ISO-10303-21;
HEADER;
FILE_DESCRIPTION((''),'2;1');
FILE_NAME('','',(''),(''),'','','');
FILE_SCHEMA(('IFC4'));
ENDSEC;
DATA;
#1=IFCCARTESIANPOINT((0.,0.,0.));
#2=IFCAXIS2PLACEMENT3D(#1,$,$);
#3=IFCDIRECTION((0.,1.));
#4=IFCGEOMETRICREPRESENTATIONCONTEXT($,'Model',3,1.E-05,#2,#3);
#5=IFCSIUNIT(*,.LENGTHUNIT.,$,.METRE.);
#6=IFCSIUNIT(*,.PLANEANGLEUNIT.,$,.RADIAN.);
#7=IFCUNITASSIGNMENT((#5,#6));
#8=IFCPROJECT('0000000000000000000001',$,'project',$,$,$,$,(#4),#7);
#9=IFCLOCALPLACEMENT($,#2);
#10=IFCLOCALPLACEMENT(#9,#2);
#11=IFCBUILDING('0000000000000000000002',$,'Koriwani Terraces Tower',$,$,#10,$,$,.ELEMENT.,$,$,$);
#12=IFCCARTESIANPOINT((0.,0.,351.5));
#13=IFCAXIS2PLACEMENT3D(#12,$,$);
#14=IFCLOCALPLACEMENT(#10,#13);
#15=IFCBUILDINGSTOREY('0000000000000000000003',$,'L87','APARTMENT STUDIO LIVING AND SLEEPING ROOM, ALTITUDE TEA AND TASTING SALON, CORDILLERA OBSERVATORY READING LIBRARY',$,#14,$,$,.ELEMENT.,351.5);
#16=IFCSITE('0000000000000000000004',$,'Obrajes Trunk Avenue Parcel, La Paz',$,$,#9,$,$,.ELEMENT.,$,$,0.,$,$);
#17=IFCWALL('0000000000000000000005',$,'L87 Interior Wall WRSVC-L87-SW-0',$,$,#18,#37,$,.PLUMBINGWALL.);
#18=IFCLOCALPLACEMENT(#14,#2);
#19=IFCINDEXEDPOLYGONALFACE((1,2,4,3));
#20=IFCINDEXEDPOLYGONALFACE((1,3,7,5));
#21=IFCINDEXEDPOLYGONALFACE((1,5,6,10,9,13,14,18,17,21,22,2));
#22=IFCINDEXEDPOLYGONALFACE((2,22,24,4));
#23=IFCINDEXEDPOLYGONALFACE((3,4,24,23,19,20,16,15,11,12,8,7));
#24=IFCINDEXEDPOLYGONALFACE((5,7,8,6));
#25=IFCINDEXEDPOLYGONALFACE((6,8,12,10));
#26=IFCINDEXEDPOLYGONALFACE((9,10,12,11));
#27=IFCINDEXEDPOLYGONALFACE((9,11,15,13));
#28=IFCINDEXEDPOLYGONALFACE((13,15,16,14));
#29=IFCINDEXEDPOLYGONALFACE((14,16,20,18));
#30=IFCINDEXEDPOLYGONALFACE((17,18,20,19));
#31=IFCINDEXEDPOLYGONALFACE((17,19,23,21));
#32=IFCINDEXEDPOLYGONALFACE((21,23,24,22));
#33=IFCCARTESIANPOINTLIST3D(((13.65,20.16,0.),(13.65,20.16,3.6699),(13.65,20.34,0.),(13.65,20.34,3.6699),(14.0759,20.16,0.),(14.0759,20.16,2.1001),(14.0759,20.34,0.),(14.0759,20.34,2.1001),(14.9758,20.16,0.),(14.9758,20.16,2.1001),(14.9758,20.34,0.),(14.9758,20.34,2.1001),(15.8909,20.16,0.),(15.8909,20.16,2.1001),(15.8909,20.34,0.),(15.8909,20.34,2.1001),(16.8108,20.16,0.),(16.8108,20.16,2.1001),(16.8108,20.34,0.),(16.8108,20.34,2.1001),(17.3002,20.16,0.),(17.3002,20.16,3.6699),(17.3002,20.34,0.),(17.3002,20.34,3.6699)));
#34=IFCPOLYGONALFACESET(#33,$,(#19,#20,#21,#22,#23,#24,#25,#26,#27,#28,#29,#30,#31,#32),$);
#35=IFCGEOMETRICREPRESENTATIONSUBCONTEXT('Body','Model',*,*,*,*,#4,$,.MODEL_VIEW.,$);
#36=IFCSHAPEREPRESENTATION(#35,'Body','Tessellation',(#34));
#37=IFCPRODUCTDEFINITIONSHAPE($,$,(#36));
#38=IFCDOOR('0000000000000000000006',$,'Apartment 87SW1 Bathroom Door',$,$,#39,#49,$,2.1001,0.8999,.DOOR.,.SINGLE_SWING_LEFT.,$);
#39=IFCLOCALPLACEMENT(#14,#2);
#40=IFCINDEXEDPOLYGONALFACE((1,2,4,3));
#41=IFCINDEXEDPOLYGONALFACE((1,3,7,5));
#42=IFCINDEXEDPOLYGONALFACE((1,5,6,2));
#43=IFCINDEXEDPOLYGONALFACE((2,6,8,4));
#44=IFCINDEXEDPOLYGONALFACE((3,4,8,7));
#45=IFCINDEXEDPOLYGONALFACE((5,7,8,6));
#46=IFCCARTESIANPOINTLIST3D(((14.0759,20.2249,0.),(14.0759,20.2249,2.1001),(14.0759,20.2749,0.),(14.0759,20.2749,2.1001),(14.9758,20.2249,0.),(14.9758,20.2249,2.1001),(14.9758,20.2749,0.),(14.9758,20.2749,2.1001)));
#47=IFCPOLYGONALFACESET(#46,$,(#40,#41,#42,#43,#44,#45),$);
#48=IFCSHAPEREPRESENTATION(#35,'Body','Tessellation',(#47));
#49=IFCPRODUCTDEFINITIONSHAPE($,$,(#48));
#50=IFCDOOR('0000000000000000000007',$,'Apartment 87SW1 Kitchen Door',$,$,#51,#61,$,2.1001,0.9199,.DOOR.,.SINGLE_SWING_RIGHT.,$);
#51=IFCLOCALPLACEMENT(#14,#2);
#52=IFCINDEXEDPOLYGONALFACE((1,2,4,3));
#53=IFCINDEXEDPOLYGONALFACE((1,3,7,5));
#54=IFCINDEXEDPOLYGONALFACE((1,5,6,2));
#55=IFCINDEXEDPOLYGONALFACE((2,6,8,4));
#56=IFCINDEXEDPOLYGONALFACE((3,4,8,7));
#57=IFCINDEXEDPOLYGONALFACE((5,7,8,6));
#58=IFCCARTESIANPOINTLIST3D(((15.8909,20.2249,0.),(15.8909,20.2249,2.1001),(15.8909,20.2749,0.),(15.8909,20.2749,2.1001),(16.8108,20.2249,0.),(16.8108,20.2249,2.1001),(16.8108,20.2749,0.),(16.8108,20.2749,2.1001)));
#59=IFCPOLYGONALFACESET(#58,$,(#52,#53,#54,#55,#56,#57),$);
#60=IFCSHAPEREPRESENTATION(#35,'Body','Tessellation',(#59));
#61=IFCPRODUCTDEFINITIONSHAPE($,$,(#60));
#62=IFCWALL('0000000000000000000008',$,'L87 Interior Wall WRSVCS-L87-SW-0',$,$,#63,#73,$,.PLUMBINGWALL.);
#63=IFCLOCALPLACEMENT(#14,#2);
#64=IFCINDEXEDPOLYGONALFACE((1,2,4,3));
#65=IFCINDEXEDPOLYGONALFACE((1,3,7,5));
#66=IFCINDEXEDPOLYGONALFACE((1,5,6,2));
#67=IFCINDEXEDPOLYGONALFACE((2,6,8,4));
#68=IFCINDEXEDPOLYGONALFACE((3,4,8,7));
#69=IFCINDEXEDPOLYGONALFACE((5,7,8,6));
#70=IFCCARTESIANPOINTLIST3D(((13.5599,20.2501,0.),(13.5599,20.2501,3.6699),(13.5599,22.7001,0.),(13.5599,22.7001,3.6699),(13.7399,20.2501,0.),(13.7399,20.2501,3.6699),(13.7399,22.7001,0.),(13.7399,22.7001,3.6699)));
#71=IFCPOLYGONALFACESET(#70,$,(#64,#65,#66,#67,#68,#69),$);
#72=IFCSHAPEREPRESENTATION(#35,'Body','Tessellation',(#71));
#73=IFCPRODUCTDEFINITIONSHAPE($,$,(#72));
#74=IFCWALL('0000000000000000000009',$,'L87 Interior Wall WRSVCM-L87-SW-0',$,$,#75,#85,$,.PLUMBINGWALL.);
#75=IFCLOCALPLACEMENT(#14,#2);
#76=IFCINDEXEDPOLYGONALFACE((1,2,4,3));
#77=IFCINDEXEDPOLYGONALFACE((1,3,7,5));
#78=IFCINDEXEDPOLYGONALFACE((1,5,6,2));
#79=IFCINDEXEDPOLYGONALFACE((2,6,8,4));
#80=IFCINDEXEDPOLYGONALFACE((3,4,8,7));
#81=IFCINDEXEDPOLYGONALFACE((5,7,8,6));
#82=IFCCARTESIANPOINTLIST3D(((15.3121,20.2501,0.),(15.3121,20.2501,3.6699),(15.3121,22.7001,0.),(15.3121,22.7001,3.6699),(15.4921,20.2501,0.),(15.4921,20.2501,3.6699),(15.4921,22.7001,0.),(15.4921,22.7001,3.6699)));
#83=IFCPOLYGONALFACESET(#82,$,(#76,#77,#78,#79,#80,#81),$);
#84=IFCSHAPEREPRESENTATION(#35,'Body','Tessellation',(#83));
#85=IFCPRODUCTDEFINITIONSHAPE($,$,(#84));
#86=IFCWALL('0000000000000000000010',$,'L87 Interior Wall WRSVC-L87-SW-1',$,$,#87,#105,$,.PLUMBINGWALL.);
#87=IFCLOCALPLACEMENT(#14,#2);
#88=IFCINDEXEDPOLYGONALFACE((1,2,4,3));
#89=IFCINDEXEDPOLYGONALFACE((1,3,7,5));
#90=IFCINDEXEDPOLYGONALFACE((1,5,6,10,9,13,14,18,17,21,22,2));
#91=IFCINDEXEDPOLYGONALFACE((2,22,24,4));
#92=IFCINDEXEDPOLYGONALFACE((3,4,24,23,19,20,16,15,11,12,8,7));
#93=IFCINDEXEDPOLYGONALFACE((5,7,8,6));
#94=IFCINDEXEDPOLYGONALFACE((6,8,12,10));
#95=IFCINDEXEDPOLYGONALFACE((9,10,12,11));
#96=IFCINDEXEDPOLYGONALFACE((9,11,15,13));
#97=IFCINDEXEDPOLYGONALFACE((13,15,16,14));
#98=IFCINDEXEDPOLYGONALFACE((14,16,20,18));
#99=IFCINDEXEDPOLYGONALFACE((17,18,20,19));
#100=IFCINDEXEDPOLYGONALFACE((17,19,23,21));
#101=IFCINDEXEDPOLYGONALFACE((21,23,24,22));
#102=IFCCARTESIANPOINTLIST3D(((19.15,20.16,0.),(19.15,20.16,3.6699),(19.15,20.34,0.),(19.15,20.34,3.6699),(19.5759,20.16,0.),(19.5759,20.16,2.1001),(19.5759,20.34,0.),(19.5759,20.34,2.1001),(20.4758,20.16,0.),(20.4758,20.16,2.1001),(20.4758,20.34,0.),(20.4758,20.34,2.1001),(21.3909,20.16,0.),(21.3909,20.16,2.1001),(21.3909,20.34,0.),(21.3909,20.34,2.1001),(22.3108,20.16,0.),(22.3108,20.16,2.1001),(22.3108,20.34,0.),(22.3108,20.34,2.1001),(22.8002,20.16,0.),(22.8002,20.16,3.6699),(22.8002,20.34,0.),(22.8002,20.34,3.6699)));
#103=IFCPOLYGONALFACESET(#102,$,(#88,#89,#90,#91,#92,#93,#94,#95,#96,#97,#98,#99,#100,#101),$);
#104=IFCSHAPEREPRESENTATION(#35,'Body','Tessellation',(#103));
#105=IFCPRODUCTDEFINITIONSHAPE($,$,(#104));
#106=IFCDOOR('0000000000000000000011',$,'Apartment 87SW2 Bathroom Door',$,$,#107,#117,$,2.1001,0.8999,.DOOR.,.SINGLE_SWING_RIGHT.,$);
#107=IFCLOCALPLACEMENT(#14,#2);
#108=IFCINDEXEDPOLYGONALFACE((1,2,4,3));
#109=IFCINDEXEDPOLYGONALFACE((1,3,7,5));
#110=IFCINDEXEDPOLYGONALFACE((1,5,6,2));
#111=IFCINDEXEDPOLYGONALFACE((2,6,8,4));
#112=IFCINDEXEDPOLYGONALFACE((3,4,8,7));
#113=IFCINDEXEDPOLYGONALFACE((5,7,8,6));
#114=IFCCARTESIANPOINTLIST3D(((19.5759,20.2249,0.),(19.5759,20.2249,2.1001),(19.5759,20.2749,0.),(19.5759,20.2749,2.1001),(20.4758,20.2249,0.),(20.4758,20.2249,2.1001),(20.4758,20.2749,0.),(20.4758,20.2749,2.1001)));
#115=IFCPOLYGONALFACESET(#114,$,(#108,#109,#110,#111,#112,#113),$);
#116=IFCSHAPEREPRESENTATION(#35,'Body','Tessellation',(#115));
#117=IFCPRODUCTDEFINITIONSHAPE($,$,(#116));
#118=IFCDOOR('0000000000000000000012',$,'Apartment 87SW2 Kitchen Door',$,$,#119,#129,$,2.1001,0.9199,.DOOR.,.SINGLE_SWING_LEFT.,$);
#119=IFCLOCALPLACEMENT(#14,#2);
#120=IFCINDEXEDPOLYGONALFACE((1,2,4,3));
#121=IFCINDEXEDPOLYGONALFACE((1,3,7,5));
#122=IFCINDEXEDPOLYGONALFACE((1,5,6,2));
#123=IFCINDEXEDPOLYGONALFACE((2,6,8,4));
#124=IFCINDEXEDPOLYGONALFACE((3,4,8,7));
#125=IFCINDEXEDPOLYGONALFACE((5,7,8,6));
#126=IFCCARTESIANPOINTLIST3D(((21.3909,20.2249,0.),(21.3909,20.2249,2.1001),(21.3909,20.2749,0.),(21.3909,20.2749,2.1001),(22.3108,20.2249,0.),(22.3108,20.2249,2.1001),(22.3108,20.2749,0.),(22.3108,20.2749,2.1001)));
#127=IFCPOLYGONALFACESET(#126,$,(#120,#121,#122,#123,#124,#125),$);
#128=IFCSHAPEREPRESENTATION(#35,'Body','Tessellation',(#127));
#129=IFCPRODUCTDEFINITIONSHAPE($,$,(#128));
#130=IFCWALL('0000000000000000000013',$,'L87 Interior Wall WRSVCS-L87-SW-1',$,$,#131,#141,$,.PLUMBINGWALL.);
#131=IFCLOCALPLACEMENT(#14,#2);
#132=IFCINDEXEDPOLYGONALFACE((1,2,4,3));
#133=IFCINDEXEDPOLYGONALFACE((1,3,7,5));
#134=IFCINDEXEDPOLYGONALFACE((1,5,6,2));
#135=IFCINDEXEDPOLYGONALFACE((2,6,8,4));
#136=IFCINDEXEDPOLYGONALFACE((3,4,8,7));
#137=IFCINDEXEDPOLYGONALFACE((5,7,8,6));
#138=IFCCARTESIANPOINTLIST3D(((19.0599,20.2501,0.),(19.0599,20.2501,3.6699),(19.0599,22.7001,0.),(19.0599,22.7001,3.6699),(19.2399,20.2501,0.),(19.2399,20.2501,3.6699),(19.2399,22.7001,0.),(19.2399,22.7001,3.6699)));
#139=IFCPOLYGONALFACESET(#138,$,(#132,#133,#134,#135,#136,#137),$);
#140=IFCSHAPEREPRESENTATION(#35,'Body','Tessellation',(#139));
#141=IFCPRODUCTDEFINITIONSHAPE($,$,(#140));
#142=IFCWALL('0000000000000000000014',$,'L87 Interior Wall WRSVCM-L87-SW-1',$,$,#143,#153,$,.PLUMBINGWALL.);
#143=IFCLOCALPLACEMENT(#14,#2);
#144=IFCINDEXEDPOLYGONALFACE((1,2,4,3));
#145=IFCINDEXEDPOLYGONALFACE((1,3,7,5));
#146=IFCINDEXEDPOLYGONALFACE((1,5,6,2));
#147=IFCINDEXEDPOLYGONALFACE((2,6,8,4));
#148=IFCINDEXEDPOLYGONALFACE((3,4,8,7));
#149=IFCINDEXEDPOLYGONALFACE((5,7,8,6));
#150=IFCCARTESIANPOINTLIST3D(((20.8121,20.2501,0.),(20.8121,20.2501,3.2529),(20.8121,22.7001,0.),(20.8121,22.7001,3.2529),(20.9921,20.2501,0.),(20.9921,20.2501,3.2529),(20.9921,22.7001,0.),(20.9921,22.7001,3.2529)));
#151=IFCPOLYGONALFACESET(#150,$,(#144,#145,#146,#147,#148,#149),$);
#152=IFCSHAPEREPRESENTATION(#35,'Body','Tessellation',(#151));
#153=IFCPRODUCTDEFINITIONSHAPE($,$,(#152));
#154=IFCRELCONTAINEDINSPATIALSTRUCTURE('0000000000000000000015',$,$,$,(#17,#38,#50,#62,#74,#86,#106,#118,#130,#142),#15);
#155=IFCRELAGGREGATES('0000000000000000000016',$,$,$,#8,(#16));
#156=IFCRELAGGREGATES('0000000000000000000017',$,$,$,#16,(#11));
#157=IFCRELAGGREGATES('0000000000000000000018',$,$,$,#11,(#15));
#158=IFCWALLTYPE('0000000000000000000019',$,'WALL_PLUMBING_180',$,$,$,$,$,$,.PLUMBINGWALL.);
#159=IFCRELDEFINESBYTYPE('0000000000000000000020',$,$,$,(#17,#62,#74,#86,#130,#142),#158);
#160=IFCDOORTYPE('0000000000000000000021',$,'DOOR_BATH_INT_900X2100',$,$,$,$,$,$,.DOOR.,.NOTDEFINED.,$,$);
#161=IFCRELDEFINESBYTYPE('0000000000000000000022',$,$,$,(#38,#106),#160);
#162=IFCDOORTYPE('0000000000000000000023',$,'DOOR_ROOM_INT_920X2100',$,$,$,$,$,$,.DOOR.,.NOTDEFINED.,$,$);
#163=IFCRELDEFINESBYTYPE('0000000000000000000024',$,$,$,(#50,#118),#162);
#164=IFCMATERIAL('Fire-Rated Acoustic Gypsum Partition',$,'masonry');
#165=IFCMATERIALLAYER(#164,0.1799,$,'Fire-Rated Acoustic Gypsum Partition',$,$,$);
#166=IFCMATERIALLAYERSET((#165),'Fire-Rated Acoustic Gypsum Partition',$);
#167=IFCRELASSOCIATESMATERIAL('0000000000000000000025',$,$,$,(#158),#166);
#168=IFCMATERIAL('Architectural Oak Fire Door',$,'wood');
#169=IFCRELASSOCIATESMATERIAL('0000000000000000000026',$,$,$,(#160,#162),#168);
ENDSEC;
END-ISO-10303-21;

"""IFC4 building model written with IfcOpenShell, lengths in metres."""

from ifc_helpers import new_model, si_unit, direction, frame, frame_2d, origin, place, context, subcontext, project, spatial, rectangle, extrude, material, layer, layer_set, type_object, element, fill, save


model = new_model("IFC4")

# Units and contexts
model_context = context("Model", 3, precision=1e-05, world=origin(), true_north=direction((0.0, 1.0)))
body_context = subcontext(model_context, "Body", "Model", "MODEL_VIEW")
ifc_project = project(units=[si_unit("LENGTHUNIT", "METRE"), si_unit("PLANEANGLEUNIT", "RADIAN")], contexts=[model_context])

# Site, building, storey
site_placement = place(None, origin())
site = spatial("IfcSite", under=ifc_project, at=site_placement, Name="Obrajes Trunk Avenue Parcel, La Paz", CompositionType="ELEMENT", RefElevation=0.0)
building_placement = place(site_placement, origin())
building = spatial("IfcBuilding", under=site, at=building_placement, Name="Koriwani Terraces Tower", CompositionType="ELEMENT")
storey_placement = place(building_placement, frame((0.0, 0.0, 351.5)))
storey = spatial("IfcBuildingStorey", under=building, at=storey_placement, Name="L87", Description="APARTMENT STUDIO LIVING AND SLEEPING ROOM, ALTITUDE TEA AND TASTING SALON, CORDILLERA OBSERVATORY READING LIBRARY", CompositionType="ELEMENT", Elevation=351.5)

# Shared definitions
ifc_material_1 = material(Name="Architectural Oak Fire Door", Category="wood")

# Wall, openings, doors
ifc_material_2 = material(Name="Fire-Rated Acoustic Gypsum Partition", Category="masonry")
ifc_layer_1 = layer(ifc_material_2, 0.1799, Name="Fire-Rated Acoustic Gypsum Partition")
ifc_layer_set_1 = layer_set([ifc_layer_1], Name="Fire-Rated Acoustic Gypsum Partition")
wall_type_1 = type_object("IfcWallType", Name="WALL_PLUMBING_180", PredefinedType="PLUMBINGWALL", material=ifc_layer_set_1)
wall_1_placement = place(storey_placement, frame((13.6499, 20.25, 0.0), z_axis=(0.0, 0.0, 1.0), x_axis=(1.0, 0.0, 0.0)))
wall_1 = element("IfcWall", 1, at=wall_1_placement, inside=storey, type_object=wall_type_1, Name="L87 Interior Wall WRSVC-L87-SW-0", PredefinedType="PLUMBINGWALL", context=body_context, shape_type="SweptSolid", body=[
    extrude(rectangle(XDim=3.6501, YDim=0.1799, at=frame_2d((1.8252, 0.0))), origin(), (0.0, 0.0, 1.0), 3.6699),
])
opening_1_placement = place(wall_1_placement, frame((0.426, 0.0, 0.0)))
opening_1 = element("IfcOpeningElement", 2, at=opening_1_placement, cuts=wall_1, PredefinedType="OPENING", context=body_context, shape_type="SweptSolid", body=[
    extrude(rectangle(XDim=0.8999, YDim=2.1001, at=frame_2d((0.45, 1.05))), frame((0.0, 0.1001, 0.0), z_axis=(0.0, -1.0, 0.0), x_axis=(1.0, 0.0, 0.0)), (0.0, 0.0, 1.0), 0.2),
])
opening_2_placement = place(wall_1_placement, frame((2.241, 0.0, 0.0)))
opening_2 = element("IfcOpeningElement", 3, at=opening_2_placement, cuts=wall_1, PredefinedType="OPENING", context=body_context, shape_type="SweptSolid", body=[
    extrude(rectangle(XDim=0.9199, YDim=2.1001, at=frame_2d((0.46, 1.05))), frame((0.0, 0.1001, 0.0), z_axis=(0.0, -1.0, 0.0), x_axis=(1.0, 0.0, 0.0)), (0.0, 0.0, 1.0), 0.2),
])
door_type_1 = type_object("IfcDoorType", Name="DOOR_BATH_INT_900X2100", OperationType="NOTDEFINED", PredefinedType="DOOR", material=ifc_material_1)
door_1_placement = place(opening_1_placement, origin())
door_1 = element("IfcDoor", 4, at=door_1_placement, inside=storey, type_object=door_type_1, Name="Apartment 87SW1 Bathroom Door", OperationType="SINGLE_SWING_LEFT", OverallHeight=2.1001, OverallWidth=0.8999, PredefinedType="DOOR", context=body_context, shape_type="SweptSolid", body=[
    extrude(rectangle(XDim=0.8999, YDim=2.1001, at=frame_2d((0.45, 1.05))), frame((0.0, 0.0249, 0.0), z_axis=(0.0, -1.0, 0.0), x_axis=(1.0, 0.0, 0.0)), (0.0, 0.0, 1.0), 0.05),
])
fill(opening_1, door_1)
door_type_2 = type_object("IfcDoorType", Name="DOOR_ROOM_INT_920X2100", OperationType="NOTDEFINED", PredefinedType="DOOR", material=ifc_material_1)
door_2_placement = place(opening_2_placement, origin())
door_2 = element("IfcDoor", 5, at=door_2_placement, inside=storey, type_object=door_type_2, Name="Apartment 87SW1 Kitchen Door", OperationType="SINGLE_SWING_RIGHT", OverallHeight=2.1001, OverallWidth=0.9199, PredefinedType="DOOR", context=body_context, shape_type="SweptSolid", body=[
    extrude(rectangle(XDim=0.9199, YDim=2.1001, at=frame_2d((0.46, 1.05))), frame((0.0, 0.0249, 0.0), z_axis=(0.0, -1.0, 0.0), x_axis=(1.0, 0.0, 0.0)), (0.0, 0.0, 1.0), 0.05),
])
fill(opening_2, door_2)

# Walls
for number, where, z_axis, x_axis, name in (
    (6, (13.6499, 20.25, 0.0), (0.0, 0.0, 1.0), (0.0, 1.0, 0.0), "L87 Interior Wall WRSVCS-L87-SW-0"),
    (7, (15.4021, 20.25, 0.0), (0.0, 0.0, 1.0), (0.0, 1.0, 0.0), "L87 Interior Wall WRSVCM-L87-SW-0"),
):
    element("IfcWall", number, at=place(storey_placement, frame(where, z_axis=z_axis, x_axis=x_axis)), inside=storey, type_object=wall_type_1, Name=name, PredefinedType="PLUMBINGWALL", context=body_context, shape_type="SweptSolid", body=[
        extrude(rectangle(XDim=2.45, YDim=0.1799, at=frame_2d((1.2251, 0.0))), origin(), (0.0, 0.0, 1.0), 3.6699),
    ])

# Wall, openings, doors
wall_2_placement = place(storey_placement, frame((19.1499, 20.25, 0.0), z_axis=(0.0, 0.0, 1.0), x_axis=(1.0, 0.0, 0.0)))
wall_2 = element("IfcWall", 8, at=wall_2_placement, inside=storey, type_object=wall_type_1, Name="L87 Interior Wall WRSVC-L87-SW-1", PredefinedType="PLUMBINGWALL", context=body_context, shape_type="SweptSolid", body=[
    extrude(rectangle(XDim=3.6501, YDim=0.1799, at=frame_2d((1.8252, 0.0))), origin(), (0.0, 0.0, 1.0), 3.6699),
])
opening_3_placement = place(wall_2_placement, frame((0.426, 0.0, 0.0)))
opening_3 = element("IfcOpeningElement", 9, at=opening_3_placement, cuts=wall_2, PredefinedType="OPENING", context=body_context, shape_type="SweptSolid", body=[
    extrude(rectangle(XDim=0.8999, YDim=2.1001, at=frame_2d((0.45, 1.05))), frame((0.0, 0.1001, 0.0), z_axis=(0.0, -1.0, 0.0), x_axis=(1.0, 0.0, 0.0)), (0.0, 0.0, 1.0), 0.2),
])
opening_4_placement = place(wall_2_placement, frame((2.241, 0.0, 0.0)))
opening_4 = element("IfcOpeningElement", 10, at=opening_4_placement, cuts=wall_2, PredefinedType="OPENING", context=body_context, shape_type="SweptSolid", body=[
    extrude(rectangle(XDim=0.9199, YDim=2.1001, at=frame_2d((0.46, 1.05))), frame((0.0, 0.1001, 0.0), z_axis=(0.0, -1.0, 0.0), x_axis=(1.0, 0.0, 0.0)), (0.0, 0.0, 1.0), 0.2),
])
door_3_placement = place(opening_3_placement, origin())
door_3 = element("IfcDoor", 11, at=door_3_placement, inside=storey, type_object=door_type_1, Name="Apartment 87SW2 Bathroom Door", OperationType="SINGLE_SWING_RIGHT", OverallHeight=2.1001, OverallWidth=0.8999, PredefinedType="DOOR", context=body_context, shape_type="SweptSolid", body=[
    extrude(rectangle(XDim=0.8999, YDim=2.1001, at=frame_2d((0.45, 1.05))), frame((0.0, 0.0249, 0.0), z_axis=(0.0, -1.0, 0.0), x_axis=(1.0, 0.0, 0.0)), (0.0, 0.0, 1.0), 0.05),
])
fill(opening_3, door_3)
door_4_placement = place(opening_4_placement, origin())
door_4 = element("IfcDoor", 12, at=door_4_placement, inside=storey, type_object=door_type_2, Name="Apartment 87SW2 Kitchen Door", OperationType="SINGLE_SWING_LEFT", OverallHeight=2.1001, OverallWidth=0.9199, PredefinedType="DOOR", context=body_context, shape_type="SweptSolid", body=[
    extrude(rectangle(XDim=0.9199, YDim=2.1001, at=frame_2d((0.46, 1.05))), frame((0.0, 0.0249, 0.0), z_axis=(0.0, -1.0, 0.0), x_axis=(1.0, 0.0, 0.0)), (0.0, 0.0, 1.0), 0.05),
])
fill(opening_4, door_4)

# Walls
wall_3_placement = place(storey_placement, frame((19.1499, 20.25, 0.0), z_axis=(0.0, 0.0, 1.0), x_axis=(0.0, 1.0, 0.0)))
element("IfcWall", 13, at=wall_3_placement, inside=storey, type_object=wall_type_1, Name="L87 Interior Wall WRSVCS-L87-SW-1", PredefinedType="PLUMBINGWALL", context=body_context, shape_type="SweptSolid", body=[
    extrude(rectangle(XDim=2.45, YDim=0.1799, at=frame_2d((1.2251, 0.0))), origin(), (0.0, 0.0, 1.0), 3.6699),
])
wall_4_placement = place(storey_placement, frame((20.9021, 20.25, 0.0), z_axis=(0.0, 0.0, 1.0), x_axis=(0.0, 1.0, 0.0)))
element("IfcWall", 14, at=wall_4_placement, inside=storey, type_object=wall_type_1, Name="L87 Interior Wall WRSVCM-L87-SW-1", PredefinedType="PLUMBINGWALL", context=body_context, shape_type="SweptSolid", body=[
    extrude(rectangle(XDim=2.45, YDim=0.1799, at=frame_2d((1.2251, 0.0))), origin(), (0.0, 0.0, 1.0), 3.2529),
])

save(model, "model.ifc")
